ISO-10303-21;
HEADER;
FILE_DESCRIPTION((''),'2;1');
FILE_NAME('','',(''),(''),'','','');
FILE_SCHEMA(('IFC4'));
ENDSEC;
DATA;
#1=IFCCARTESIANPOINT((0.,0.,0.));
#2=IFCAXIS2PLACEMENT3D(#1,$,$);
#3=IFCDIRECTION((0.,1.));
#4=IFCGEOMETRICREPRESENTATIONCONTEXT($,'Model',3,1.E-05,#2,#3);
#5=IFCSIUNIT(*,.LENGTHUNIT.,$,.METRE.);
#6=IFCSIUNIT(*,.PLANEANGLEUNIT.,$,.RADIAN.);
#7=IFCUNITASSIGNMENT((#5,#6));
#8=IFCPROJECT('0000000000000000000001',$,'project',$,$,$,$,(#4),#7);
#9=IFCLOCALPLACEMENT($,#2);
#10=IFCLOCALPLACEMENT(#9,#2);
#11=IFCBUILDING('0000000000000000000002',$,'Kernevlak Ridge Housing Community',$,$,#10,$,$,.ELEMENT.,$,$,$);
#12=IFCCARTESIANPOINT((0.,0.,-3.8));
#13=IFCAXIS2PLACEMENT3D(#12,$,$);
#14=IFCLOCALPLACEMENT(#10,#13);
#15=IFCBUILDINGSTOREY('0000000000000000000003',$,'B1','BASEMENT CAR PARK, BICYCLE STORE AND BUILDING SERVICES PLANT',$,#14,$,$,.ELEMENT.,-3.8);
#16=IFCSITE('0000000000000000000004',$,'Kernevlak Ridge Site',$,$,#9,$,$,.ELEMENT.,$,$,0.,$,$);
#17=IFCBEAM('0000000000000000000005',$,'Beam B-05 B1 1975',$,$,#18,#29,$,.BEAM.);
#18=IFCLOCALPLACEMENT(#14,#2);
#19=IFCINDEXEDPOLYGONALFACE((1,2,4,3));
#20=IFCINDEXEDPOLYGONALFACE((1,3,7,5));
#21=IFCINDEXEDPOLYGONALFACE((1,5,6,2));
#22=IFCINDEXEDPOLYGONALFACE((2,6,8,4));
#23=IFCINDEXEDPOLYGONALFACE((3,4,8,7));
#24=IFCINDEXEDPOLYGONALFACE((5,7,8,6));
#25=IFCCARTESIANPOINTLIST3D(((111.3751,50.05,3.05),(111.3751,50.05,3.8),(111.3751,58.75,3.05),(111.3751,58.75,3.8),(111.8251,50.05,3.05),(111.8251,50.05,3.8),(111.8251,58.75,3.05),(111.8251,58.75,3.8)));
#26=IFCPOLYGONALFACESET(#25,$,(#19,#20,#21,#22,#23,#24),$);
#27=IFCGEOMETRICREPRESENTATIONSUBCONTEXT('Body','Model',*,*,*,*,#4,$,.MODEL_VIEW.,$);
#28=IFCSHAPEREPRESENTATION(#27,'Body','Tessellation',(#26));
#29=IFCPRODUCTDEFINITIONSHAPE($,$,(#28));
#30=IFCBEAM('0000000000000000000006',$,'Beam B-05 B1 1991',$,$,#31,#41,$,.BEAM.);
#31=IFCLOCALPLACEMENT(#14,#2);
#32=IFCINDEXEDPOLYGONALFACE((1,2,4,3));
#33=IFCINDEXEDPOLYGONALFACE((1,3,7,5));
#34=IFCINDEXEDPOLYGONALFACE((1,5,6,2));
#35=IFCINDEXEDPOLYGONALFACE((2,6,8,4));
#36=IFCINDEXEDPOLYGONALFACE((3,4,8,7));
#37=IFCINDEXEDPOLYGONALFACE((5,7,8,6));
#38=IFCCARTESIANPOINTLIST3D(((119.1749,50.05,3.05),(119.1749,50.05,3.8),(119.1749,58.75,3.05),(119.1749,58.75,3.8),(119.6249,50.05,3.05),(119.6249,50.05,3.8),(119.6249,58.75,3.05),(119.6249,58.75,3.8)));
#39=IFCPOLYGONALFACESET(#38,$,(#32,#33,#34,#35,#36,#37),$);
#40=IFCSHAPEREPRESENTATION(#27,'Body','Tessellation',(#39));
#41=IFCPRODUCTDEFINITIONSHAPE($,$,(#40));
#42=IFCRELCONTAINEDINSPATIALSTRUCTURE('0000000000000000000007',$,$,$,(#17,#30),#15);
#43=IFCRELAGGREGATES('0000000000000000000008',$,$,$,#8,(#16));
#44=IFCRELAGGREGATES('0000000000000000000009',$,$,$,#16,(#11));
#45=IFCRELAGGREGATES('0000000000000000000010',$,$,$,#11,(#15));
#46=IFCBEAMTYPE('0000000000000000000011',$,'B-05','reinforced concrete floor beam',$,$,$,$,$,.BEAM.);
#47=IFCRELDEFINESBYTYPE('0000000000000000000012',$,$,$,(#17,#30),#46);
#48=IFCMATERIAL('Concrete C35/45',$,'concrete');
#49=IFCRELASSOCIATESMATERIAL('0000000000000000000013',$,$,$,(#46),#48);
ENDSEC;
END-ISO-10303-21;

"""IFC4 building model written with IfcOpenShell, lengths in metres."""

from ifc_helpers import new_model, si_unit, direction, frame, origin, origin_2d, place, context, subcontext, project, spatial, rectangle, extrude, material, material_profile, profile_set, type_object, element, save


model = new_model("IFC4")

# Units and contexts
model_context = context("Model", 3, precision=1e-05, world=origin(), true_north=direction((0.0, 1.0)))
body_context = subcontext(model_context, "Body", "Model", "MODEL_VIEW")
ifc_project = project(units=[si_unit("LENGTHUNIT", "METRE"), si_unit("PLANEANGLEUNIT", "RADIAN")], contexts=[model_context])

# Site, building, storey
site_placement = place(None, origin())
site = spatial("IfcSite", under=ifc_project, at=site_placement, Name="Kernevlak Ridge Site", CompositionType="ELEMENT", RefElevation=0.0)
building_placement = place(site_placement, origin())
building = spatial("IfcBuilding", under=site, at=building_placement, Name="Kernevlak Ridge Housing Community", CompositionType="ELEMENT")
storey_placement = place(building_placement, frame((0.0, 0.0, -3.8)))
storey = spatial("IfcBuildingStorey", under=building, at=storey_placement, Name="B1", Description="BASEMENT CAR PARK, BICYCLE STORE AND BUILDING SERVICES PLANT", CompositionType="ELEMENT", Elevation=-3.8)

# Shared definitions
ifc_material_1 = material(Name="Concrete C35/45", Category="concrete")

# Beams
ifc_material_profile_1 = material_profile(ifc_material_1, rectangle(XDim=0.45, YDim=0.75, at=origin_2d()), Name="RC 450x750")
ifc_profile_set_1 = profile_set([ifc_material_profile_1], Name="Concrete C35/45")
beam_type_1 = type_object("IfcBeamType", Name="B-05", Description="reinforced concrete floor beam", PredefinedType="BEAM", material=ifc_profile_set_1)
for number, where, z_axis, x_axis, name in (
    (1, (111.6001, 50.05, 3.425), (0.0, 1.0, 0.0), (-1.0, 0.0, 0.0), "Beam B-05 B1 1975"),
    (2, (119.3999, 50.05, 3.425), (0.0, 1.0, 0.0), (-1.0, 0.0, 0.0), "Beam B-05 B1 1991"),
):
    element("IfcBeam", number, at=place(storey_placement, frame(where, z_axis=z_axis, x_axis=x_axis)), inside=storey, type_object=beam_type_1, Name=name, PredefinedType="BEAM", context=body_context, shape_type="SweptSolid", body=[
        extrude(rectangle(XDim=0.45, YDim=0.75, at=origin_2d()), origin(), (0.0, 0.0, 1.0), 8.7),
    ])

save(model, "model.ifc")
